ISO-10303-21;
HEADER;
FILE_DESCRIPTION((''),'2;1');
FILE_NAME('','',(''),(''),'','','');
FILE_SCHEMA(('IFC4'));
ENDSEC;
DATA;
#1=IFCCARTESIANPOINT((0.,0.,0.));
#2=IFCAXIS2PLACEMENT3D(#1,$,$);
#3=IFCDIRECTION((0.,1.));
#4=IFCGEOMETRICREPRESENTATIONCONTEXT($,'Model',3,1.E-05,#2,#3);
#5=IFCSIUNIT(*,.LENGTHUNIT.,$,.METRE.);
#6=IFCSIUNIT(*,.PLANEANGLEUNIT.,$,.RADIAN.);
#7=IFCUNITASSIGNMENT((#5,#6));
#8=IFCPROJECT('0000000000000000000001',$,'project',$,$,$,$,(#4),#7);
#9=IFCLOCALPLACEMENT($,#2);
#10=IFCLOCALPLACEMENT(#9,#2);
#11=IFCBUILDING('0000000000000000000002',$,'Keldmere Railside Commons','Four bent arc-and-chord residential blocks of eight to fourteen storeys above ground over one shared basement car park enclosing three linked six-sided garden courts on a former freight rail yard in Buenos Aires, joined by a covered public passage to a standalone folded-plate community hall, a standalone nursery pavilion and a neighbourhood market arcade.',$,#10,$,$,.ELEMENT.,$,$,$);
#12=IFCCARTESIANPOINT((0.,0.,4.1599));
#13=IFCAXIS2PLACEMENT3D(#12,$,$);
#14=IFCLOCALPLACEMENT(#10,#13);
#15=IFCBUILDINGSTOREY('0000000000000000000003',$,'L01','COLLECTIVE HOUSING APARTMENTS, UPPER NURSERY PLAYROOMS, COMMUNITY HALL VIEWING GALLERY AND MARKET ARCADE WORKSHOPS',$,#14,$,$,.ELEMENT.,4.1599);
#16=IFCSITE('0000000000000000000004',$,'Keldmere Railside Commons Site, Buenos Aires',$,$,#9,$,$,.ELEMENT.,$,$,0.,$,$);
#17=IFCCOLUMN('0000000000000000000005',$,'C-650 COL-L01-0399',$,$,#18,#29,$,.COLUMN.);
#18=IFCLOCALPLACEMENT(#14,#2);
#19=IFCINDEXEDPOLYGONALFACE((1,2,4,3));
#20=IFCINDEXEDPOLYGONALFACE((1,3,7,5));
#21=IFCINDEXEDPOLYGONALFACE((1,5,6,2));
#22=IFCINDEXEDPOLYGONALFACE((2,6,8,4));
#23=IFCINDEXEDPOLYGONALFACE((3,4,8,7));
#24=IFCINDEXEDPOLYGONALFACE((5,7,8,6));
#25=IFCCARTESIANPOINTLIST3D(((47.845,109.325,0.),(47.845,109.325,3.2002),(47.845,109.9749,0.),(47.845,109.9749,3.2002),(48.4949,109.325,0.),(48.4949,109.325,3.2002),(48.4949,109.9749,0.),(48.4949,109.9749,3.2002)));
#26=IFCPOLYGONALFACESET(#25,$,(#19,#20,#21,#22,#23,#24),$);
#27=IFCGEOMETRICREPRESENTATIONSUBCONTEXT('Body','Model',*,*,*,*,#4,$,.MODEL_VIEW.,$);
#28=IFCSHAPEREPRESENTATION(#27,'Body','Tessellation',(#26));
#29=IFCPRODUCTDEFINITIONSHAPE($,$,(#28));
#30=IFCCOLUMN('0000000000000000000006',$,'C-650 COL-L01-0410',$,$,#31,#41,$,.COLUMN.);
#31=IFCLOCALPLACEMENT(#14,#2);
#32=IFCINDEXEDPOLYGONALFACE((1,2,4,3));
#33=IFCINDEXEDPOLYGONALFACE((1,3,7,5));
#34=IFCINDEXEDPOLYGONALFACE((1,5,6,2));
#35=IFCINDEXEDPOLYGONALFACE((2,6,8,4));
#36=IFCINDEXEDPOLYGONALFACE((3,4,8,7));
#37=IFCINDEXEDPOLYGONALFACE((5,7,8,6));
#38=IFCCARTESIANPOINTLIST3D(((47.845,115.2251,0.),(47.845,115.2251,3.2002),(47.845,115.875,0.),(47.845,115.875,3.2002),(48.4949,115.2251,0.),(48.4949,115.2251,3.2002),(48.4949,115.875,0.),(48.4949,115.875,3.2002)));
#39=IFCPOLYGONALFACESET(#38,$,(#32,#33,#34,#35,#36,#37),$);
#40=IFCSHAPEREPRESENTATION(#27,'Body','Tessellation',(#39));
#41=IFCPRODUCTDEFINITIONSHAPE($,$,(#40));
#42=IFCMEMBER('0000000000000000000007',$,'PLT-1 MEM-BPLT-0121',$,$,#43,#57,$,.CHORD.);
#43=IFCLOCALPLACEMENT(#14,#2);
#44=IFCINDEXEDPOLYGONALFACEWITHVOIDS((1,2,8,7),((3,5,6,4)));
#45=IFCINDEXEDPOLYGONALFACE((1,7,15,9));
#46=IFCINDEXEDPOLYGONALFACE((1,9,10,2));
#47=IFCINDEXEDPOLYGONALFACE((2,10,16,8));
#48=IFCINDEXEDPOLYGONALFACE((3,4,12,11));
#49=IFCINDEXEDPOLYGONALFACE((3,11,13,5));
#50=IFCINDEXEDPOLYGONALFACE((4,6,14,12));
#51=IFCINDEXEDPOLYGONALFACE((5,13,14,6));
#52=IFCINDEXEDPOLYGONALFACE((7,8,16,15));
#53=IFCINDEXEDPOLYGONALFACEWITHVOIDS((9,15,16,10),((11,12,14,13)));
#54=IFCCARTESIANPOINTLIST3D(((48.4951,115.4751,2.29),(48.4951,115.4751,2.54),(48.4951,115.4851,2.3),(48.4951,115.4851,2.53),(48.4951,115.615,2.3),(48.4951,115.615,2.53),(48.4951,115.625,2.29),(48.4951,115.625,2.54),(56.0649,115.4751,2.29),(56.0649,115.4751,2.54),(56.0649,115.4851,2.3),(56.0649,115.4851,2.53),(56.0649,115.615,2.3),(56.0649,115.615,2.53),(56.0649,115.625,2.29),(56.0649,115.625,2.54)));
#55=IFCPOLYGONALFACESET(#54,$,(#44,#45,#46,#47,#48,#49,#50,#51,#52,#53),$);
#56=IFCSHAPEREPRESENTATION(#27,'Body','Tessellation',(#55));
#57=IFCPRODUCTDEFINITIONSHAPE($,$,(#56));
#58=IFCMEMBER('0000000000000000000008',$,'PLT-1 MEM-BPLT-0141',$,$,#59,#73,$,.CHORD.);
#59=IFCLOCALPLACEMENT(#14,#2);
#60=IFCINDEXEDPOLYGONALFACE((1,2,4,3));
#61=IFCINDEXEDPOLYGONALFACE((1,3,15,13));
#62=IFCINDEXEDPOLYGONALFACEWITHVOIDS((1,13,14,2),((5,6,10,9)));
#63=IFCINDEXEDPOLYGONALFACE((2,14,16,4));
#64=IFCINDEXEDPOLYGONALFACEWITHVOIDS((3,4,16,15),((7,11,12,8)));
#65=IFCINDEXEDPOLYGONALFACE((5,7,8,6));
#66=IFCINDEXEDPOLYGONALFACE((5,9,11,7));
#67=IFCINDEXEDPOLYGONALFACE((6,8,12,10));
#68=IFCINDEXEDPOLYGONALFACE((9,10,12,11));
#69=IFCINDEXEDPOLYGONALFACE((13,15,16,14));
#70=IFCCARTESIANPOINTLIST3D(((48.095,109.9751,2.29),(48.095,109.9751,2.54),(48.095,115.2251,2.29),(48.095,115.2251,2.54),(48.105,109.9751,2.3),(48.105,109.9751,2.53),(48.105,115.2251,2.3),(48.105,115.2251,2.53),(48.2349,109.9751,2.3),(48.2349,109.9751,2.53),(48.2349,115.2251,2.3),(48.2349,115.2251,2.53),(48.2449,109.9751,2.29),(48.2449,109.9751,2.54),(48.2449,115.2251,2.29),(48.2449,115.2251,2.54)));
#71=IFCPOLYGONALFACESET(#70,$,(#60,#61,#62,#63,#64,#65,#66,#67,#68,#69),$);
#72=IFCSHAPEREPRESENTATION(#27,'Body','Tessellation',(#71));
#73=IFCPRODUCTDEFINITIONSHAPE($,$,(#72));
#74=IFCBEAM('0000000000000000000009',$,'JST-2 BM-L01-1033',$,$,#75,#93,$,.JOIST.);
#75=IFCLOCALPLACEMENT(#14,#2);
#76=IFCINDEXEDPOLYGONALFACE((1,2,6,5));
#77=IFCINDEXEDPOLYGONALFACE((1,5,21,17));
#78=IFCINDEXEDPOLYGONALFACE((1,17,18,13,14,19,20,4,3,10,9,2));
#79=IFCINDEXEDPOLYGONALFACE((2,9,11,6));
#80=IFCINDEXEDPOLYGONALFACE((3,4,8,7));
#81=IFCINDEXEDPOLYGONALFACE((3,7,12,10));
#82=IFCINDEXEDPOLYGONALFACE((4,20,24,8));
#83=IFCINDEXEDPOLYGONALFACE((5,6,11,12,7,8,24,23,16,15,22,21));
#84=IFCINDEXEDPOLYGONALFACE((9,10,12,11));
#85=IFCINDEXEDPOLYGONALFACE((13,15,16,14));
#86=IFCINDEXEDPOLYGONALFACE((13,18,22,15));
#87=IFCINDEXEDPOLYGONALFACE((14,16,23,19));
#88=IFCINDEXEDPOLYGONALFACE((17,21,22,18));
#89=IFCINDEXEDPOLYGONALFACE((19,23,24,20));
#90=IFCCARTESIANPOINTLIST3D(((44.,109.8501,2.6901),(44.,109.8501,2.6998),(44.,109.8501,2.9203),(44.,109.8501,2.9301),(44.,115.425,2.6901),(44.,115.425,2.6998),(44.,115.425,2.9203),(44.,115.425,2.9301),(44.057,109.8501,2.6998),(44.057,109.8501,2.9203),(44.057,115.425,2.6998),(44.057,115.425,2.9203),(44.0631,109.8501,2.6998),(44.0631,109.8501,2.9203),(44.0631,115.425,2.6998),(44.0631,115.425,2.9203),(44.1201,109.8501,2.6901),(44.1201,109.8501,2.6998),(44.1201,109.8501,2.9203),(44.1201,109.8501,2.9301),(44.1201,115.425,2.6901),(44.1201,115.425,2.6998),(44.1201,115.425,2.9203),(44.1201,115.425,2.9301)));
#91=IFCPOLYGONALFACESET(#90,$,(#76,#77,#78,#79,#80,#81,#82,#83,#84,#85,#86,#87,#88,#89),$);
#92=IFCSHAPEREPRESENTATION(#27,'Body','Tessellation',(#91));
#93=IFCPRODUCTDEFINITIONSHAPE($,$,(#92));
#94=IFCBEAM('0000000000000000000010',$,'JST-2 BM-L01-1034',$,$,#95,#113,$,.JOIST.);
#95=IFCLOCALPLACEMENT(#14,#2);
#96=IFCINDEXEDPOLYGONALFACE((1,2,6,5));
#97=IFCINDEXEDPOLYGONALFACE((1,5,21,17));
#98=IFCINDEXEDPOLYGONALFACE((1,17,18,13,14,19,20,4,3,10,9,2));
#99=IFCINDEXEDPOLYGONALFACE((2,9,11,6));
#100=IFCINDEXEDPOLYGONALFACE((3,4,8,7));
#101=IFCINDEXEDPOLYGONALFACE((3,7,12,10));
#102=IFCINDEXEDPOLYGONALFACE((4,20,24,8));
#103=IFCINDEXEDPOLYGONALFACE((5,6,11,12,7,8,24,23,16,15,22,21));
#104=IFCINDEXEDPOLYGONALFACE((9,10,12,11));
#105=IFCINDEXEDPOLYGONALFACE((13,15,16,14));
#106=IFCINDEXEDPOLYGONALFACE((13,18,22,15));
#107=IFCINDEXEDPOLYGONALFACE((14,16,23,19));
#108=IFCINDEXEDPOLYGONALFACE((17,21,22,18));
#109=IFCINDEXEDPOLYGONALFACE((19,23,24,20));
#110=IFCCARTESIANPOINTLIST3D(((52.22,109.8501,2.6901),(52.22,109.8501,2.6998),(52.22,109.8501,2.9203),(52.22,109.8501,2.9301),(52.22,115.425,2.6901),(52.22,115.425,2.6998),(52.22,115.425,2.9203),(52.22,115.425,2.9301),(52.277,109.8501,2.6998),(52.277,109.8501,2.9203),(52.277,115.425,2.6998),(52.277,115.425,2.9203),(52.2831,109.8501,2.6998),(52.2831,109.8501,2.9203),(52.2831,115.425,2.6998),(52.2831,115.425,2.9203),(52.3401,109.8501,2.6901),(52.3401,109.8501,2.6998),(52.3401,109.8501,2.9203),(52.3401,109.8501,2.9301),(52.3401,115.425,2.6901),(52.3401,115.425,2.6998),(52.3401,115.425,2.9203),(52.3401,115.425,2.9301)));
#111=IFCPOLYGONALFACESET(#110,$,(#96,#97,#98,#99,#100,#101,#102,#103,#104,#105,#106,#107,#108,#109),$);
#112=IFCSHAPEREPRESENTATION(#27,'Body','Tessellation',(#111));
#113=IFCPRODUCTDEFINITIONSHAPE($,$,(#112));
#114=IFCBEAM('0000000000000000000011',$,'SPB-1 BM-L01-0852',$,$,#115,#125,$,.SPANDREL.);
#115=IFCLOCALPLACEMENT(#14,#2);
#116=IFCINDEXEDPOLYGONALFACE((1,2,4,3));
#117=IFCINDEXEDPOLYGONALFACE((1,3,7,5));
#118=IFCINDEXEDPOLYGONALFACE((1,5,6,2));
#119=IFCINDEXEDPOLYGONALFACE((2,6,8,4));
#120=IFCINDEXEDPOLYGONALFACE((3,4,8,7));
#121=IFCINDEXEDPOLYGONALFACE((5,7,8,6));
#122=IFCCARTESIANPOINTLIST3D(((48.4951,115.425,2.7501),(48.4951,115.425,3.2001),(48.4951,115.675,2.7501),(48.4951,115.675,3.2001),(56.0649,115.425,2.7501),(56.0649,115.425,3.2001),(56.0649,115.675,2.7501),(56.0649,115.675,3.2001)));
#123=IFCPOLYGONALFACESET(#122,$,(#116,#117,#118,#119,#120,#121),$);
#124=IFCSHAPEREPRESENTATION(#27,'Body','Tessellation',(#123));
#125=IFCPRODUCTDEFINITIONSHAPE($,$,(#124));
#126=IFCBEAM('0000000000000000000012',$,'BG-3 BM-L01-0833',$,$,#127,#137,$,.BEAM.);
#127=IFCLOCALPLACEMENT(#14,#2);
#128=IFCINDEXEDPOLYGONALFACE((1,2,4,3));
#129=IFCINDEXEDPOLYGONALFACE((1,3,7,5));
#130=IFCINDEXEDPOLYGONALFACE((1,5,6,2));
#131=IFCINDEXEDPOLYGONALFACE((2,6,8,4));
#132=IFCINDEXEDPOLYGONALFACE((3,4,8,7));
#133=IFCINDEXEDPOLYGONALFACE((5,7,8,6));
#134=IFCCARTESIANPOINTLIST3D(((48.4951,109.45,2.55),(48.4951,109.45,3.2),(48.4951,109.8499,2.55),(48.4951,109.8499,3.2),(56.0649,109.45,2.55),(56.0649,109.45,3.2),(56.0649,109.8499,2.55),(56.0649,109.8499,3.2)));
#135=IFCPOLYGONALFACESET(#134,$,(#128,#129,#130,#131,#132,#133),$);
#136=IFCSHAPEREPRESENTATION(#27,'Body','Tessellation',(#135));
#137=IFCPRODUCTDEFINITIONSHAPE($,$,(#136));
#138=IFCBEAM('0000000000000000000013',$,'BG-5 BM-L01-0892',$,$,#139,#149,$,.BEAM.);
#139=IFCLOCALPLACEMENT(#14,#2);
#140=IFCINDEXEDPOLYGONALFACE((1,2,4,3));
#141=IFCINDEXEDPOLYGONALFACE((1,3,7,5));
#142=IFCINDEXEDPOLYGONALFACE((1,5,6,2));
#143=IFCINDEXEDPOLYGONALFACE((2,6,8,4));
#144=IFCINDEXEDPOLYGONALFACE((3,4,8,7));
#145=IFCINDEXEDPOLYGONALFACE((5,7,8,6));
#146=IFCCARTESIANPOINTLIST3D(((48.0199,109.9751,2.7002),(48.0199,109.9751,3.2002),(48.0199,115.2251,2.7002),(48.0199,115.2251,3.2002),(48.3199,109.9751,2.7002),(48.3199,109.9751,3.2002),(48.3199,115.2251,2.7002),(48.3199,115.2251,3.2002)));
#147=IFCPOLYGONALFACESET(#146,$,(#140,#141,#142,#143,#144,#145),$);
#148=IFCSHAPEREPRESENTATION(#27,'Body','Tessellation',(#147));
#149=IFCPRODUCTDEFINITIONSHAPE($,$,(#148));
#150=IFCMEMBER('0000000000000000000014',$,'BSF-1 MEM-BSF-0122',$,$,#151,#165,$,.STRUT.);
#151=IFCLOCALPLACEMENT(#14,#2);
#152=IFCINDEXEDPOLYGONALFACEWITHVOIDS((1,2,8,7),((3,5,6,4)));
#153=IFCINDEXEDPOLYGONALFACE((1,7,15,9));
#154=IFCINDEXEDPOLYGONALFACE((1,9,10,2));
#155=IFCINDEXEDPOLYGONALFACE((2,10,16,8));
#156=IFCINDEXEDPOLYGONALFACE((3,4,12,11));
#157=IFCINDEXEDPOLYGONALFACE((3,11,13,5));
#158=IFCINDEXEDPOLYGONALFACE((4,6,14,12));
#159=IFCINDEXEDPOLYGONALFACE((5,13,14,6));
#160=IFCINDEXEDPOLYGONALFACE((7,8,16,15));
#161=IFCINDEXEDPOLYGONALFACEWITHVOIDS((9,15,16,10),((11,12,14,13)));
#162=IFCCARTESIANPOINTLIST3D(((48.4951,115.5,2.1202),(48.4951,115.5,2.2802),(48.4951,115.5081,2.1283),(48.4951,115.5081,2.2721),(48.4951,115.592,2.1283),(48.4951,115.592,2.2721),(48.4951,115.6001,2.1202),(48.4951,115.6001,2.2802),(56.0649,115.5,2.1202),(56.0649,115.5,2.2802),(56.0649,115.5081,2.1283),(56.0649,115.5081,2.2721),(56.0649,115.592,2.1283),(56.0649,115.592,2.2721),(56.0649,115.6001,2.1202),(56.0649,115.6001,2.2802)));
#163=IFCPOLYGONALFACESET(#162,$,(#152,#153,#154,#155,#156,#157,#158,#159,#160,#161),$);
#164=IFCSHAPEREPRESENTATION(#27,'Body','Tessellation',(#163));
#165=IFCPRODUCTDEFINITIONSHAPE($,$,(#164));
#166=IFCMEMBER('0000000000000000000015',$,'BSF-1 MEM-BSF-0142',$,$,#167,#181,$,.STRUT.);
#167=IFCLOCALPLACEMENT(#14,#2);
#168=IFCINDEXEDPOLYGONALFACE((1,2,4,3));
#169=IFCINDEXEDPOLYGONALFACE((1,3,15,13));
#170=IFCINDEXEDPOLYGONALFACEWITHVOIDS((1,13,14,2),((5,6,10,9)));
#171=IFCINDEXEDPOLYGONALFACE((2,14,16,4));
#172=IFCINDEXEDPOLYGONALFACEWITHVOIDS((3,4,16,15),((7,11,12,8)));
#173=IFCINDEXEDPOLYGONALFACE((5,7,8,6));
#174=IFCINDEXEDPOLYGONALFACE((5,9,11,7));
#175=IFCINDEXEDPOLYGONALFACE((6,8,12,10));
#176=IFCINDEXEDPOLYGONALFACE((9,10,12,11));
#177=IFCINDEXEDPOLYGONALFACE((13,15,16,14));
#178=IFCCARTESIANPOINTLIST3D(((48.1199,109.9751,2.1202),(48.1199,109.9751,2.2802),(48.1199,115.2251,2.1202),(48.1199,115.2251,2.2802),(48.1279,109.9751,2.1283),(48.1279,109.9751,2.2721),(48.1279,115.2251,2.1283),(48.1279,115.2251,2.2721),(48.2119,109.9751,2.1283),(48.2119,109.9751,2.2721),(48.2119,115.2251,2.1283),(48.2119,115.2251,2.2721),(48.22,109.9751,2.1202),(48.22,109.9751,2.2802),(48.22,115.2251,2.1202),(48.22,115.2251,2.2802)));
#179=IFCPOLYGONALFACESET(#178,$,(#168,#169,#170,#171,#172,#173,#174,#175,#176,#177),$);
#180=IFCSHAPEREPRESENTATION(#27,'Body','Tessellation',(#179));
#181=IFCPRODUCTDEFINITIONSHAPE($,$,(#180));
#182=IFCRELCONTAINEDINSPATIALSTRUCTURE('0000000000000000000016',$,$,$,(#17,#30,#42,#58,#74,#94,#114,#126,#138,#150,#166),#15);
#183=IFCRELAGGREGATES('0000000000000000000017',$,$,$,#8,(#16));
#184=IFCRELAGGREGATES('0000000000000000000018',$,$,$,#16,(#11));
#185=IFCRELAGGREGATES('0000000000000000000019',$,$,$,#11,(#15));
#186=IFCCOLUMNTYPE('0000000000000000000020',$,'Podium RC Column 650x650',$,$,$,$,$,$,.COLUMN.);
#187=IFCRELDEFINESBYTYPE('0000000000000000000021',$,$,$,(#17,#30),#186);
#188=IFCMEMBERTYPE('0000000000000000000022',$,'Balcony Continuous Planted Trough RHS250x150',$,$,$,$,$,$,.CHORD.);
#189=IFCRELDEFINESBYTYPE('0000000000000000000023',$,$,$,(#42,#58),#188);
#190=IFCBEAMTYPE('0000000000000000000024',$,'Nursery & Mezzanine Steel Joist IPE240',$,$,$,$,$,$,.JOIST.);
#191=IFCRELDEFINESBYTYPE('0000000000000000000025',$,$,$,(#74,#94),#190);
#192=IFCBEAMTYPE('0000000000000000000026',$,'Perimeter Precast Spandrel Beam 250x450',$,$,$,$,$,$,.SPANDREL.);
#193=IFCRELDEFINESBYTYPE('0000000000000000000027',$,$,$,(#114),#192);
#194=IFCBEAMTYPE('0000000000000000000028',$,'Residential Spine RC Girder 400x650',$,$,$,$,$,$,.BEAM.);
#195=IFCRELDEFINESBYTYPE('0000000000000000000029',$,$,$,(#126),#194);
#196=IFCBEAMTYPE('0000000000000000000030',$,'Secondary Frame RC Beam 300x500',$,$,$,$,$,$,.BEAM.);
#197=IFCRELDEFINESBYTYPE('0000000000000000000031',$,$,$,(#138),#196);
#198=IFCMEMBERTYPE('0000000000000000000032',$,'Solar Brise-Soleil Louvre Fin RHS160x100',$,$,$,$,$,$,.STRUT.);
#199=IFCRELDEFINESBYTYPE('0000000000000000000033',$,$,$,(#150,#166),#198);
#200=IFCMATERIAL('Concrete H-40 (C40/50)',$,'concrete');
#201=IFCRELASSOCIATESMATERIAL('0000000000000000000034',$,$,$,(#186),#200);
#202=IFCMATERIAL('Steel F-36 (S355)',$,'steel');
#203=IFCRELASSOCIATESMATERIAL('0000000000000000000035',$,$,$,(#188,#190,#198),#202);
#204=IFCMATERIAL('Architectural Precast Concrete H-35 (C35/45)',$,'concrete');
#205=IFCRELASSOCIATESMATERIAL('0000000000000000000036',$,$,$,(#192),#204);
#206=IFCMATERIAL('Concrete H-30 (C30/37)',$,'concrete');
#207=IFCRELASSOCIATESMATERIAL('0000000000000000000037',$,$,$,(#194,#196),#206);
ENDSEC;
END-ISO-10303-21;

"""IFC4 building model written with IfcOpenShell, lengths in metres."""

from ifc_helpers import new_model, si_unit, direction, frame, origin, origin_2d, place, context, subcontext, project, spatial, rectangle, hollow_rectangle, i_section, extrude, material, material_profile, profile_set, type_object, element, save


model = new_model("IFC4")

# Units and contexts
model_context = context("Model", 3, precision=1e-05, world=origin(), true_north=direction((0.0, 1.0)))
body_context = subcontext(model_context, "Body", "Model", "MODEL_VIEW")
ifc_project = project(units=[si_unit("LENGTHUNIT", "METRE"), si_unit("PLANEANGLEUNIT", "RADIAN")], contexts=[model_context])

# Site, building, storey
site_placement = place(None, origin())
site = spatial("IfcSite", under=ifc_project, at=site_placement, Name="Keldmere Railside Commons Site, Buenos Aires", CompositionType="ELEMENT", RefElevation=0.0)
building_placement = place(site_placement, origin())
building = spatial("IfcBuilding", under=site, at=building_placement, Name="Keldmere Railside Commons", Description="Four bent arc-and-chord residential blocks of eight to fourteen storeys above ground over one shared basement car park enclosing three linked six-sided garden courts on a former freight rail yard in Buenos Aires, joined by a covered public passage to a standalone folded-plate community hall, a standalone nursery pavilion and a neighbourhood market arcade.", CompositionType="ELEMENT")
storey_placement = place(building_placement, frame((0.0, 0.0, 4.1599)))
storey = spatial("IfcBuildingStorey", under=building, at=storey_placement, Name="L01", Description="COLLECTIVE HOUSING APARTMENTS, UPPER NURSERY PLAYROOMS, COMMUNITY HALL VIEWING GALLERY AND MARKET ARCADE WORKSHOPS", CompositionType="ELEMENT", Elevation=4.1599)

# Columns
ifc_material_1 = material(Name="Concrete H-40 (C40/50)", Category="concrete")
ifc_material_profile_1 = material_profile(ifc_material_1, rectangle(XDim=0.6499, YDim=0.6499, at=origin_2d()), Name="RC-650x650")
ifc_profile_set_1 = profile_set([ifc_material_profile_1], Name="Concrete H-40 (C40/50)")
column_type = type_object("IfcColumnType", Name="Podium RC Column 650x650", PredefinedType="COLUMN", material=ifc_profile_set_1)
for number, where, z_axis, x_axis, name in (
    (1, (48.1699, 109.6499, 0.0), (0.0, 0.0, 1.0), (1.0, 0.0, 0.0), "C-650 COL-L01-0399"),
    (2, (48.1699, 115.55, 0.0), (0.0, 0.0, 1.0), (1.0, 0.0, 0.0), "C-650 COL-L01-0410"),
):
    element("IfcColumn", number, at=place(storey_placement, frame(where, z_axis=z_axis, x_axis=x_axis)), inside=storey, type_object=column_type, Name=name, PredefinedType="COLUMN", context=body_context, shape_type="SweptSolid", body=[
        extrude(rectangle(XDim=0.6499, YDim=0.6499, at=origin_2d()), origin(), (0.0, 0.0, 1.0), 3.2002),
    ])

# Members
ifc_material_2 = material(Name="Steel F-36 (S355)", Category="steel")
ifc_material_profile_2 = material_profile(ifc_material_2, hollow_rectangle(XDim=0.1499, YDim=0.25, WallThickness=0.01, at=origin_2d()), Name="RHS-250x150x10")
ifc_profile_set_2 = profile_set([ifc_material_profile_2], Name="Steel F-36 (S355)")
member_type_1 = type_object("IfcMemberType", Name="Balcony Continuous Planted Trough RHS250x150", PredefinedType="CHORD", material=ifc_profile_set_2)
member_1_placement = place(storey_placement, frame((48.4951, 115.55, 2.415), z_axis=(1.0, 0.0, 0.0), x_axis=(0.0, 1.0, 0.0)))
element("IfcMember", 3, at=member_1_placement, inside=storey, type_object=member_type_1, Name="PLT-1 MEM-BPLT-0121", PredefinedType="CHORD", context=body_context, shape_type="SweptSolid", body=[
    extrude(hollow_rectangle(XDim=0.1499, YDim=0.25, WallThickness=0.01, at=origin_2d()), origin(), (0.0, 0.0, 1.0), 7.5698),
])
member_2_placement = place(storey_placement, frame((48.1699, 109.9751, 2.415), z_axis=(0.0, 1.0, 0.0), x_axis=(-1.0, 0.0, 0.0)))
element("IfcMember", 4, at=member_2_placement, inside=storey, type_object=member_type_1, Name="PLT-1 MEM-BPLT-0141", PredefinedType="CHORD", context=body_context, shape_type="SweptSolid", body=[
    extrude(hollow_rectangle(XDim=0.1499, YDim=0.25, WallThickness=0.01, at=origin_2d()), origin(), (0.0, 0.0, 1.0), 5.25),
])

# Beams
ifc_material_profile_3 = material_profile(ifc_material_2, i_section(OverallWidth=0.1201, OverallDepth=0.24, WebThickness=0.0061, FlangeThickness=0.0098, at=origin_2d()), Name="IPE-240")
ifc_profile_set_3 = profile_set([ifc_material_profile_3], Name="Steel F-36 (S355)")
beam_type_1 = type_object("IfcBeamType", Name="Nursery & Mezzanine Steel Joist IPE240", PredefinedType="JOIST", material=ifc_profile_set_3)
for number, where, z_axis, x_axis, name in (
    (5, (44.0601, 109.8501, 2.8101), (0.0, 1.0, 0.0), (-1.0, 0.0, 0.0), "JST-2 BM-L01-1033"),
    (6, (52.28, 109.8501, 2.8101), (0.0, 1.0, 0.0), (-1.0, 0.0, 0.0), "JST-2 BM-L01-1034"),
):
    element("IfcBeam", number, at=place(storey_placement, frame(where, z_axis=z_axis, x_axis=x_axis)), inside=storey, type_object=beam_type_1, Name=name, PredefinedType="JOIST", context=body_context, shape_type="SweptSolid", body=[
        extrude(i_section(OverallWidth=0.1201, OverallDepth=0.24, WebThickness=0.0061, FlangeThickness=0.0098, at=origin_2d()), origin(), (0.0, 0.0, 1.0), 5.575),
    ])
ifc_material_3 = material(Name="Architectural Precast Concrete H-35 (C35/45)", Category="concrete")
ifc_material_profile_4 = material_profile(ifc_material_3, rectangle(XDim=0.25, YDim=0.45, at=origin_2d()), Name="RC-250x450")
ifc_profile_set_4 = profile_set([ifc_material_profile_4], Name="Architectural Precast Concrete H-35 (C35/45)")
beam_type_2 = type_object("IfcBeamType", Name="Perimeter Precast Spandrel Beam 250x450", PredefinedType="SPANDREL", material=ifc_profile_set_4)
beam_1_placement = place(storey_placement, frame((48.4951, 115.55, 2.9751), z_axis=(1.0, 0.0, 0.0), x_axis=(0.0, 1.0, 0.0)))
element("IfcBeam", 7, at=beam_1_placement, inside=storey, type_object=beam_type_2, Name="SPB-1 BM-L01-0852", PredefinedType="SPANDREL", context=body_context, shape_type="SweptSolid", body=[
    extrude(rectangle(XDim=0.25, YDim=0.45, at=origin_2d()), origin(), (0.0, 0.0, 1.0), 7.5698),
])
ifc_material_4 = material(Name="Concrete H-30 (C30/37)", Category="concrete")
ifc_material_profile_5 = material_profile(ifc_material_4, rectangle(XDim=0.3999, YDim=0.6499, at=origin_2d()), Name="RC-400x650")
ifc_profile_set_5 = profile_set([ifc_material_profile_5], Name="Concrete H-30 (C30/37)")
beam_type_3 = type_object("IfcBeamType", Name="Residential Spine RC Girder 400x650", PredefinedType="BEAM", material=ifc_profile_set_5)
beam_2_placement = place(storey_placement, frame((48.4951, 109.6499, 2.875), z_axis=(1.0, 0.0, 0.0), x_axis=(0.0, 1.0, 0.0)))
element("IfcBeam", 8, at=beam_2_placement, inside=storey, type_object=beam_type_3, Name="BG-3 BM-L01-0833", PredefinedType="BEAM", context=body_context, shape_type="SweptSolid", body=[
    extrude(rectangle(XDim=0.3999, YDim=0.6499, at=origin_2d()), origin(), (0.0, 0.0, 1.0), 7.5698),
])
ifc_material_profile_6 = material_profile(ifc_material_4, rectangle(XDim=0.3, YDim=0.5, at=origin_2d()), Name="RC-300x500")
ifc_profile_set_6 = profile_set([ifc_material_profile_6], Name="Concrete H-30 (C30/37)")
beam_type_4 = type_object("IfcBeamType", Name="Secondary Frame RC Beam 300x500", PredefinedType="BEAM", material=ifc_profile_set_6)
beam_3_placement = place(storey_placement, frame((48.1699, 109.9751, 2.9502), z_axis=(0.0, 1.0, 0.0), x_axis=(-1.0, 0.0, 0.0)))
element("IfcBeam", 9, at=beam_3_placement, inside=storey, type_object=beam_type_4, Name="BG-5 BM-L01-0892", PredefinedType="BEAM", context=body_context, shape_type="SweptSolid", body=[
    extrude(rectangle(XDim=0.3, YDim=0.5, at=origin_2d()), origin(), (0.0, 0.0, 1.0), 5.25),
])

# Members
ifc_material_profile_7 = material_profile(ifc_material_2, hollow_rectangle(XDim=0.1001, YDim=0.1599, WallThickness=0.0081, at=origin_2d()), Name="RHS-160x100x8")
ifc_profile_set_7 = profile_set([ifc_material_profile_7], Name="Steel F-36 (S355)")
member_type_2 = type_object("IfcMemberType", Name="Solar Brise-Soleil Louvre Fin RHS160x100", PredefinedType="STRUT", material=ifc_profile_set_7)
member_3_placement = place(storey_placement, frame((48.4951, 115.55, 2.2002), z_axis=(1.0, 0.0, 0.0), x_axis=(0.0, 1.0, 0.0)))
element("IfcMember", 10, at=member_3_placement, inside=storey, type_object=member_type_2, Name="BSF-1 MEM-BSF-0122", PredefinedType="STRUT", context=body_context, shape_type="SweptSolid", body=[
    extrude(hollow_rectangle(XDim=0.1001, YDim=0.1599, WallThickness=0.0081, at=origin_2d()), origin(), (0.0, 0.0, 1.0), 7.5698),
])
member_4_placement = place(storey_placement, frame((48.1699, 109.9751, 2.2002), z_axis=(0.0, 1.0, 0.0), x_axis=(-1.0, 0.0, 0.0)))
element("IfcMember", 11, at=member_4_placement, inside=storey, type_object=member_type_2, Name="BSF-1 MEM-BSF-0142", PredefinedType="STRUT", context=body_context, shape_type="SweptSolid", body=[
    extrude(hollow_rectangle(XDim=0.1001, YDim=0.1599, WallThickness=0.0081, at=origin_2d()), origin(), (0.0, 0.0, 1.0), 5.25),
])

save(model, "model.ifc")
